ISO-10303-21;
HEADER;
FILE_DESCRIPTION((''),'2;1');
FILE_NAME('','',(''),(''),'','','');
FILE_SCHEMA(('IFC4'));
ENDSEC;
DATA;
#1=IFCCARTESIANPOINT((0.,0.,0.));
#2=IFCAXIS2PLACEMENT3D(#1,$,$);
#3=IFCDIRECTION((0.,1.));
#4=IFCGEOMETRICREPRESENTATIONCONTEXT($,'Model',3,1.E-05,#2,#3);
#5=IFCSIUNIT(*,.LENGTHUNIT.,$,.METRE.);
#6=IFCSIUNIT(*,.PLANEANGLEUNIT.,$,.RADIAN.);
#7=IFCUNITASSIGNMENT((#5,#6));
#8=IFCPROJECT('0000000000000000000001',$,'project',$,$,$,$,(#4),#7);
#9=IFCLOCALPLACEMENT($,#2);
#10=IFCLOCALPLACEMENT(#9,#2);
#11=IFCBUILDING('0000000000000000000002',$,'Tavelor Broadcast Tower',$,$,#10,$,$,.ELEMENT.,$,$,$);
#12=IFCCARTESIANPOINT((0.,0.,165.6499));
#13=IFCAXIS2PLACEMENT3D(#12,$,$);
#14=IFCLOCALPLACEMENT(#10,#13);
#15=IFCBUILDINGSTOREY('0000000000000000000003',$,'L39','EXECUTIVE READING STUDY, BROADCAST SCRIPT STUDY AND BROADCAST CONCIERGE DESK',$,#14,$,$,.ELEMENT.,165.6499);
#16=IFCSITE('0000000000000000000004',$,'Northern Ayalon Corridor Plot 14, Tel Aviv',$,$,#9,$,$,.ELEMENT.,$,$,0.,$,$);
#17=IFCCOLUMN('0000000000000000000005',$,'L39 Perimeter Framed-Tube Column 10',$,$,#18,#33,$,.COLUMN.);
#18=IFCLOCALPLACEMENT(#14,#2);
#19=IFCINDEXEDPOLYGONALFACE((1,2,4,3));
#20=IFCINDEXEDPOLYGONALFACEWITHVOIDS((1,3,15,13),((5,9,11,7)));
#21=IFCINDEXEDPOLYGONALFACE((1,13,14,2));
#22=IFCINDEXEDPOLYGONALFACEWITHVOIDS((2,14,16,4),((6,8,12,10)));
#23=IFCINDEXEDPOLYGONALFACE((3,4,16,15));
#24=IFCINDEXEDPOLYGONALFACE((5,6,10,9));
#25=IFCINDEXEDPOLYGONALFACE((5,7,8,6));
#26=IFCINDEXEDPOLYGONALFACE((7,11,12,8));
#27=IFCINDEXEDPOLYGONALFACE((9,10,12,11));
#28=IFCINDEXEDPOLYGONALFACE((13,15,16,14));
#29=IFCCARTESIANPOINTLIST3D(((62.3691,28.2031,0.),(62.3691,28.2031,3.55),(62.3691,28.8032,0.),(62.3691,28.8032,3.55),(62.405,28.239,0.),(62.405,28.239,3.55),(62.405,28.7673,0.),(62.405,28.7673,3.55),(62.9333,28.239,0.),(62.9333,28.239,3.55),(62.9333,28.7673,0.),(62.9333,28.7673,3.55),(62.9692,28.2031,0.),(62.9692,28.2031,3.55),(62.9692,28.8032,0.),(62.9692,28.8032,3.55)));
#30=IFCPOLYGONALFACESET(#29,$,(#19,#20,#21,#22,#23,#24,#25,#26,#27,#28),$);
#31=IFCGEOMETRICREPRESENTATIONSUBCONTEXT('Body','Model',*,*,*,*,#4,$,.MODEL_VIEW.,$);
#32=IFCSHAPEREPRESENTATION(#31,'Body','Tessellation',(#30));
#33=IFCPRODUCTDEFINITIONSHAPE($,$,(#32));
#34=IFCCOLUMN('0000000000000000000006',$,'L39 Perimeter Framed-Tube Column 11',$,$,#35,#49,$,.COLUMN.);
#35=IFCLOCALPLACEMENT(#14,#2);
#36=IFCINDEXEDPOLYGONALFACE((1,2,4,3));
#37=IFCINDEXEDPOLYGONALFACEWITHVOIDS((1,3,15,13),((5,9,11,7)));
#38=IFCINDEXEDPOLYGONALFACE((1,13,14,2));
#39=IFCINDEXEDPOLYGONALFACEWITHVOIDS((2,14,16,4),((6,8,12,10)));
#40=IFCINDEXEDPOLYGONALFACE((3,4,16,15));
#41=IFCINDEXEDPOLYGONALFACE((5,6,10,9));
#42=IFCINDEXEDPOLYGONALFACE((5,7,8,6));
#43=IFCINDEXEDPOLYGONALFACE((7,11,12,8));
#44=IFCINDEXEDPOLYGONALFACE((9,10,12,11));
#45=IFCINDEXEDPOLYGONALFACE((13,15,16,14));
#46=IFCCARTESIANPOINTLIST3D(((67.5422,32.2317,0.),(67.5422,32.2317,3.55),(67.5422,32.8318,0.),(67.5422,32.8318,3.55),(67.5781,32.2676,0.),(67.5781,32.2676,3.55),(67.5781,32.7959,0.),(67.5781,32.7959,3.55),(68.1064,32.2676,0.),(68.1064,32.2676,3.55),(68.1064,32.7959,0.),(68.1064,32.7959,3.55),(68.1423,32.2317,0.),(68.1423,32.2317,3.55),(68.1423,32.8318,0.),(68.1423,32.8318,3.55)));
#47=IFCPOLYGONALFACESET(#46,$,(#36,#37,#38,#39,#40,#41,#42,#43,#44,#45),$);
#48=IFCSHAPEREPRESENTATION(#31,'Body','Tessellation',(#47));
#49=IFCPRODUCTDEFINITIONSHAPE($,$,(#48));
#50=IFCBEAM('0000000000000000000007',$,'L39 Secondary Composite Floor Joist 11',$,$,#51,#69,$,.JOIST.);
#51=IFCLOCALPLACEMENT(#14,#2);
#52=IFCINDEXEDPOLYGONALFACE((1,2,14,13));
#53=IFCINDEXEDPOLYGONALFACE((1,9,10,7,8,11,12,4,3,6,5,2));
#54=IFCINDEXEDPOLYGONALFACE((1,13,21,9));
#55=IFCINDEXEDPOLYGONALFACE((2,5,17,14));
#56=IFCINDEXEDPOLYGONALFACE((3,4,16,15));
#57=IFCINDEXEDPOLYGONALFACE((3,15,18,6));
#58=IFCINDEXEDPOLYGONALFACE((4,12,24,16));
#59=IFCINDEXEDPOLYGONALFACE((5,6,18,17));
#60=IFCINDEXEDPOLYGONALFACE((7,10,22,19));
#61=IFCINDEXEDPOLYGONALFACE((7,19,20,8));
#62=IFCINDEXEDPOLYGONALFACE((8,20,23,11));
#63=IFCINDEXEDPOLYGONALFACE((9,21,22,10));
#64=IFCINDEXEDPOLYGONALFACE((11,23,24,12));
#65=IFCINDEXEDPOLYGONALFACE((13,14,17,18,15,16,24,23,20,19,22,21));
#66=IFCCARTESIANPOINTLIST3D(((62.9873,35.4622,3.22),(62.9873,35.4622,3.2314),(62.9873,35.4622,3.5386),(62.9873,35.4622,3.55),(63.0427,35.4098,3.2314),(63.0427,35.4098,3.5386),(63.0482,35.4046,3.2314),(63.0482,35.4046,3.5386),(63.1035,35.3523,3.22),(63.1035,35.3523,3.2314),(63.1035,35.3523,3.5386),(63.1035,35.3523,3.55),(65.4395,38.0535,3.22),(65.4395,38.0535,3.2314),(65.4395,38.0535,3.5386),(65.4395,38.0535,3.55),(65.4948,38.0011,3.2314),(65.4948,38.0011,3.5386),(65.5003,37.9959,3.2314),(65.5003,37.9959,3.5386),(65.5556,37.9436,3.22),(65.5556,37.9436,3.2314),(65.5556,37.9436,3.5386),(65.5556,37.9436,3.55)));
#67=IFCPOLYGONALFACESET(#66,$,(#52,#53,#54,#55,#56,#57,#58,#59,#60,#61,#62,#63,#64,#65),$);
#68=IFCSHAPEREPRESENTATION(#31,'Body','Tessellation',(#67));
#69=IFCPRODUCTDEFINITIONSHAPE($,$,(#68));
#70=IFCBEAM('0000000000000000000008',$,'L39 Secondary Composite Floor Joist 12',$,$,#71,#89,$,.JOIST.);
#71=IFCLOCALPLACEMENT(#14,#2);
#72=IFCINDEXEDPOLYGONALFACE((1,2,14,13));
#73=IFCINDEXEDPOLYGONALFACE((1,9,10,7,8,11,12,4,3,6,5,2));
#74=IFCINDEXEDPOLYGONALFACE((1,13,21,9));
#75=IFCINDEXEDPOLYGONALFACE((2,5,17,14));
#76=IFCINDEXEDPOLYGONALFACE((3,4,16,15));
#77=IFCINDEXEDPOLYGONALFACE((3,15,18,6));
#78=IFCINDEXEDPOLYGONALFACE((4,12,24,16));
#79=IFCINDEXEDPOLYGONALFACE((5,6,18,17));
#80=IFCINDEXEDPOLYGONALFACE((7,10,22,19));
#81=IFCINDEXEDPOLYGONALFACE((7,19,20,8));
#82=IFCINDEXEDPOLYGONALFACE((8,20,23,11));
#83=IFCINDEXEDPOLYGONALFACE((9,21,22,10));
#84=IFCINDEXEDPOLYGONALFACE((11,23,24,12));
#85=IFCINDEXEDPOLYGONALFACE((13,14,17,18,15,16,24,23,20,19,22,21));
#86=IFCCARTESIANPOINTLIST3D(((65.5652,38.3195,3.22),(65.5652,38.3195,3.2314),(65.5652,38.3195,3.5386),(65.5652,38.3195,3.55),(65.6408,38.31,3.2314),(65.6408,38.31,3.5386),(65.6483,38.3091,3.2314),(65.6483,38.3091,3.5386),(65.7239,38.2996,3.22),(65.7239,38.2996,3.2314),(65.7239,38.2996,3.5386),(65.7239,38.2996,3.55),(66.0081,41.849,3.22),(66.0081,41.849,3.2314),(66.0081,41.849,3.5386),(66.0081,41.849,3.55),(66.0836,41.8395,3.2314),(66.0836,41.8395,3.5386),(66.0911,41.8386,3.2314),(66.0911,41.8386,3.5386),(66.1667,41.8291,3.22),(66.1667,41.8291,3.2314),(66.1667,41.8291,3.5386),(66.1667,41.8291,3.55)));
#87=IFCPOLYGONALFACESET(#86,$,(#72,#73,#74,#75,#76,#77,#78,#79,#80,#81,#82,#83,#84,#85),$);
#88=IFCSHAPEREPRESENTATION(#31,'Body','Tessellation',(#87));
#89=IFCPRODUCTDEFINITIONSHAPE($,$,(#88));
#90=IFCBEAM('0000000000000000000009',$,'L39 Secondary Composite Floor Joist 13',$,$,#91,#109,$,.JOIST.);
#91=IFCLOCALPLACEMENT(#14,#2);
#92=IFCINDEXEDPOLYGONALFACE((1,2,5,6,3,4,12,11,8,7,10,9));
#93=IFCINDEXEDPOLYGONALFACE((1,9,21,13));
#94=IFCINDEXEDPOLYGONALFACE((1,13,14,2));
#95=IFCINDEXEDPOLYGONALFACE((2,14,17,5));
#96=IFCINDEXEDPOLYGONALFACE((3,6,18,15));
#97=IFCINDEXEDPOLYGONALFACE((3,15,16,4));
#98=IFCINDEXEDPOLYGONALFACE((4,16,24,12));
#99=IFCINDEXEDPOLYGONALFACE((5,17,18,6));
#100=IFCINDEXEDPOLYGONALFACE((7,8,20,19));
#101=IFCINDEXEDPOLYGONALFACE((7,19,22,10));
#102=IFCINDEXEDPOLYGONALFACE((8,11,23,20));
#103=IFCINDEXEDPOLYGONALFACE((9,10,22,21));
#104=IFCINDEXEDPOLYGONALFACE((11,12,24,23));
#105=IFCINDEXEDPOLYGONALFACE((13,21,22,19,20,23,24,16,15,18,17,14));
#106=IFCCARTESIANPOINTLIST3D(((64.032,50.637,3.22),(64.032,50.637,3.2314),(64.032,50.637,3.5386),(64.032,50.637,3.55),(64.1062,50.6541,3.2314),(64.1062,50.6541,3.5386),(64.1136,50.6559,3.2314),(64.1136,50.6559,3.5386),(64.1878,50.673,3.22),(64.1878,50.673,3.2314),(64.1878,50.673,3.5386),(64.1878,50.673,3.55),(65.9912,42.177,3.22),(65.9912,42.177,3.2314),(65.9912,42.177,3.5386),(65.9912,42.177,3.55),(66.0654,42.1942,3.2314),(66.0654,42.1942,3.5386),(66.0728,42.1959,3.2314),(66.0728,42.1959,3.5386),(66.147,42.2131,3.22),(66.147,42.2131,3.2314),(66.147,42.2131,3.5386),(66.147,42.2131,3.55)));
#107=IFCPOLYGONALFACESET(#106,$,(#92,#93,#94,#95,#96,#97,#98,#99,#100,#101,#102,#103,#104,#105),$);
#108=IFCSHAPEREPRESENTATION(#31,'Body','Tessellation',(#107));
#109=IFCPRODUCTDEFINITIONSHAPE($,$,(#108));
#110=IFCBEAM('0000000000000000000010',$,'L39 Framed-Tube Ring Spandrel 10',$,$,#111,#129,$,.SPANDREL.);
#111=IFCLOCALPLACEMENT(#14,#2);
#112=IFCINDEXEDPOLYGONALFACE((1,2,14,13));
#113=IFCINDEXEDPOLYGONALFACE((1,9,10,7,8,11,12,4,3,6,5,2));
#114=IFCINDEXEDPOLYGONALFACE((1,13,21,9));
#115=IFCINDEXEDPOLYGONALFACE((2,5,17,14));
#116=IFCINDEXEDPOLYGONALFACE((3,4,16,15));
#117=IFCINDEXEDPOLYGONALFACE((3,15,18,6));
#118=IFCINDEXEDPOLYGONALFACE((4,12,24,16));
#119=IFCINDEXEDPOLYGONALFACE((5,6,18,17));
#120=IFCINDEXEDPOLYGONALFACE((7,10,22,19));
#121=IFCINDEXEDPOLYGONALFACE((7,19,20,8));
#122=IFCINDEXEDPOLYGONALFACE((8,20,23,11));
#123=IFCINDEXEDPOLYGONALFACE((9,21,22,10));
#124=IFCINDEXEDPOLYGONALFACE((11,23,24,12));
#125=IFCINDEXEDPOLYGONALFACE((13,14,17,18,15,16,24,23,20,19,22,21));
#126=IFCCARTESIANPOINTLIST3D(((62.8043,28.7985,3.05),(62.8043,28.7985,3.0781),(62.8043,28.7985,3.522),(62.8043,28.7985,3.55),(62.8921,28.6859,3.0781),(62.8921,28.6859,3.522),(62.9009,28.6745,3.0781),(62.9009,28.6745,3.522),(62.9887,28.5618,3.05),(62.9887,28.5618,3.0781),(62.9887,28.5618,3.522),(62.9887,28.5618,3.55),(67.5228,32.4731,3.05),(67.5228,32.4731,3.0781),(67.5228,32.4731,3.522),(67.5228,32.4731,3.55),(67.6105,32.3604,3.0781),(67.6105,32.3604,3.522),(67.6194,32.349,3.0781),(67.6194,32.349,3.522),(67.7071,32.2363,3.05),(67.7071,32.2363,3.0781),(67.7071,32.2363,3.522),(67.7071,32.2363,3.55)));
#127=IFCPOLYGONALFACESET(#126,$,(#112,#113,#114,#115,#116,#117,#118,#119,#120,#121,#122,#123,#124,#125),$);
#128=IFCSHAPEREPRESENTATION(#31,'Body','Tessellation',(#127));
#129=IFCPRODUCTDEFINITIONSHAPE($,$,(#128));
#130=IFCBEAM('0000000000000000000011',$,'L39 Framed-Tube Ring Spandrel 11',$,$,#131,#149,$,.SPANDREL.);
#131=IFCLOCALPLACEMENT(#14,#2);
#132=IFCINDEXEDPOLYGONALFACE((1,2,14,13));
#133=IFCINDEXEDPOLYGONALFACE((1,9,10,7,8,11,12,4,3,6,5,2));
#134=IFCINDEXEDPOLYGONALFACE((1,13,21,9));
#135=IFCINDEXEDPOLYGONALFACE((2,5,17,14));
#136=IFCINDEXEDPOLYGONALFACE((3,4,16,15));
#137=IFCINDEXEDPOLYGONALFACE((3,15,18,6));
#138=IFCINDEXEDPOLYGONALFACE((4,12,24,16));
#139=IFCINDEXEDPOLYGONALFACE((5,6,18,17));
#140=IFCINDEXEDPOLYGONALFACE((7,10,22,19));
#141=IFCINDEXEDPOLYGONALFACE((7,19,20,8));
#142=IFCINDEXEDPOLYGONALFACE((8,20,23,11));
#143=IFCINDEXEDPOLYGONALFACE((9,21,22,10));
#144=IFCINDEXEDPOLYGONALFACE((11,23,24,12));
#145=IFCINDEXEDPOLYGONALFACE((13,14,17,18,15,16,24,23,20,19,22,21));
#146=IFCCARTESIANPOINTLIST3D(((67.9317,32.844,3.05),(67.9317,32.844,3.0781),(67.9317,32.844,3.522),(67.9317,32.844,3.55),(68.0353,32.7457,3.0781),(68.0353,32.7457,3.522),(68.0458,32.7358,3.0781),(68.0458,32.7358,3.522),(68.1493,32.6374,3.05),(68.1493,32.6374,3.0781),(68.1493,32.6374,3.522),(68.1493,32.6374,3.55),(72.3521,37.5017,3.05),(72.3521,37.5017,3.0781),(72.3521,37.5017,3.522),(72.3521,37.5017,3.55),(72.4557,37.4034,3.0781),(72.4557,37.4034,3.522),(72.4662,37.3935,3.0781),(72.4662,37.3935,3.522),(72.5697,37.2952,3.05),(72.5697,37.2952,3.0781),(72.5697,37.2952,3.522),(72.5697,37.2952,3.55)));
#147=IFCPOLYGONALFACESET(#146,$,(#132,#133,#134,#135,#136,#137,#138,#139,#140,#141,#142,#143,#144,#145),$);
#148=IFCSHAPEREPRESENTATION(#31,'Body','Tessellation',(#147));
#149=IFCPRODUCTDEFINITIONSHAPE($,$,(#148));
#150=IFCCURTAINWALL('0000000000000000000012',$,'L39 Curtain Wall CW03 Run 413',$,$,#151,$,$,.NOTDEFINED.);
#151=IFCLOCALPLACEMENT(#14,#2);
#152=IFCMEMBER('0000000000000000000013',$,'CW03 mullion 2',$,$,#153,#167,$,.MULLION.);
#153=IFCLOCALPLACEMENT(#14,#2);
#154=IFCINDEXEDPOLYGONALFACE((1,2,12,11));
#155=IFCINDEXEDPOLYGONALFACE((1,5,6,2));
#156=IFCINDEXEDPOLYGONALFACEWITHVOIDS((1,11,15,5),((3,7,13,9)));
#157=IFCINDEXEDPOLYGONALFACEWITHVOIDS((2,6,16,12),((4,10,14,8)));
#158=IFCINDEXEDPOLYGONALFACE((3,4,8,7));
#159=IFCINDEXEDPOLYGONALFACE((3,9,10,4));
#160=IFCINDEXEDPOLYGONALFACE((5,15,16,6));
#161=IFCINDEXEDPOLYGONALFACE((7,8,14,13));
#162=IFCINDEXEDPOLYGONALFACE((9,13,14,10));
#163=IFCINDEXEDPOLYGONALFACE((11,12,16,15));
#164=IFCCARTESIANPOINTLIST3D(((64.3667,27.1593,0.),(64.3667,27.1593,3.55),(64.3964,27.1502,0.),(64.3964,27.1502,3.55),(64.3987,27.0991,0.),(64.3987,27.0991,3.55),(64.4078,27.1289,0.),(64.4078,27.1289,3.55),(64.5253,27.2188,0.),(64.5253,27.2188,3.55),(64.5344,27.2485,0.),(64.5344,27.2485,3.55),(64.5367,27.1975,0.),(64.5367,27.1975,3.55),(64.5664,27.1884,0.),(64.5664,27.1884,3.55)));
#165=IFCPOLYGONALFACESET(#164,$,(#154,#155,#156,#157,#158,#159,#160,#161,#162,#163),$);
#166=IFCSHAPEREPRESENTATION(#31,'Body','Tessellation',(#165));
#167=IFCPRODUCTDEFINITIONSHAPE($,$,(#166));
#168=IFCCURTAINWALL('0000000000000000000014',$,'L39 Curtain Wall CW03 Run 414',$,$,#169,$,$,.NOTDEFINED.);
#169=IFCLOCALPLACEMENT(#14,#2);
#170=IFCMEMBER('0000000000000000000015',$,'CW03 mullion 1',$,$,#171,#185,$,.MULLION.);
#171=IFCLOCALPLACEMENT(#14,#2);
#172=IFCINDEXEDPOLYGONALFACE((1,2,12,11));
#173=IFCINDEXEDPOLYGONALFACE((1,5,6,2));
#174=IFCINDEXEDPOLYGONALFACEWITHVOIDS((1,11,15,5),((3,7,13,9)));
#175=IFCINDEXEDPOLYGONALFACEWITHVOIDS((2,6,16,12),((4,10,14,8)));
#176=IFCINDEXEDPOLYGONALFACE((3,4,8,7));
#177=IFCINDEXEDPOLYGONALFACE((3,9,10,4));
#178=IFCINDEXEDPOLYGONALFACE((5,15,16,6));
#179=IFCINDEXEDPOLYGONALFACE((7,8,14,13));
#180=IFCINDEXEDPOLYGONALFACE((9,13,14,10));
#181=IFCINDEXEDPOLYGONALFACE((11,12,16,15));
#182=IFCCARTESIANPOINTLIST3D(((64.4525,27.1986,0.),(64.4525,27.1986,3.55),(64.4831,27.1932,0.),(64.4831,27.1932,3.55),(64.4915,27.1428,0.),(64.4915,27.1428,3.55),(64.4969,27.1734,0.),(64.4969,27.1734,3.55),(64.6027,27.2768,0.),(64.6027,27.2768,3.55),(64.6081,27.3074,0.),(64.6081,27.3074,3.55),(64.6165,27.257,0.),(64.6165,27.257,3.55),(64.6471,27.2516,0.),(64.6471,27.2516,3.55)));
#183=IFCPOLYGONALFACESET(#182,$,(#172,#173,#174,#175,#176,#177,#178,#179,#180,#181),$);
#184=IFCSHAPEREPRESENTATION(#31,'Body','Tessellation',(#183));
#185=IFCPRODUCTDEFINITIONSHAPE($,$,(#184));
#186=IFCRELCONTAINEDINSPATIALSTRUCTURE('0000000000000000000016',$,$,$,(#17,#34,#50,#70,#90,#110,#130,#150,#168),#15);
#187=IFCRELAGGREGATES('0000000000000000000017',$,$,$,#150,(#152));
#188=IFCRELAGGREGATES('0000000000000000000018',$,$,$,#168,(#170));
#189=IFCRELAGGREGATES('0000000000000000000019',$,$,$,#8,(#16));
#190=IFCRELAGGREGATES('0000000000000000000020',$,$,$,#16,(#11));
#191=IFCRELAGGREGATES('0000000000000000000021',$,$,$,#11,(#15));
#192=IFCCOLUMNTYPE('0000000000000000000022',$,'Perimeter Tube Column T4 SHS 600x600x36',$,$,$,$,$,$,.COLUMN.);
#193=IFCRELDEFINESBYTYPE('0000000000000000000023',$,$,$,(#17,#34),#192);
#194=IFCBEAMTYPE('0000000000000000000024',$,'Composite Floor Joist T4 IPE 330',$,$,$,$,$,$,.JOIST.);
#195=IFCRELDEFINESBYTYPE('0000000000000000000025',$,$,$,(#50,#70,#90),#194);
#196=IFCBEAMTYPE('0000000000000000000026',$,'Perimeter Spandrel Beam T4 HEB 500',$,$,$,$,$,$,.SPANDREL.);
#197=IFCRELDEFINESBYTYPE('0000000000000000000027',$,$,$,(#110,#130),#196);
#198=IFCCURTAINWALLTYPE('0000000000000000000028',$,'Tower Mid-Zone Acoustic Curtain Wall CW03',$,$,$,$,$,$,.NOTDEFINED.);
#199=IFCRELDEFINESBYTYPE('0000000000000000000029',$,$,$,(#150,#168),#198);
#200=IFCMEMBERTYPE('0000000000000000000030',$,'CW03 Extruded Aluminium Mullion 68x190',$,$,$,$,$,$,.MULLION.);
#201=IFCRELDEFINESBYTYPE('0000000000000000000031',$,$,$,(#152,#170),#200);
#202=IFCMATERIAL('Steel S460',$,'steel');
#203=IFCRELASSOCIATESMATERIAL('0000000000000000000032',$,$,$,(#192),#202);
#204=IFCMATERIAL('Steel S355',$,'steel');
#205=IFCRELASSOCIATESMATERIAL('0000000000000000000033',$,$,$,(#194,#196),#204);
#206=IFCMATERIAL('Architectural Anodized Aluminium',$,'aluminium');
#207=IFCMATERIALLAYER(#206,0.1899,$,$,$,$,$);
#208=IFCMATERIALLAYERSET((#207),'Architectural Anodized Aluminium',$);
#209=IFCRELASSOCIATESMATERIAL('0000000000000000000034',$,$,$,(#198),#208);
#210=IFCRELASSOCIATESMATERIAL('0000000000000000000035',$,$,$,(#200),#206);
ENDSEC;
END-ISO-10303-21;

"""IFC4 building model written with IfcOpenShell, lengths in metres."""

from ifc_helpers import new_model, si_unit, direction, frame, origin, origin_2d, place, context, subcontext, project, spatial, hollow_rectangle, i_section, extrude, source, transform, mapped, material, layer, layer_set, material_profile, profile_set, type_object, type_shapes, element, aggregate, save


model = new_model("IFC4")

# Units and contexts
model_context = context("Model", 3, precision=1e-05, world=origin(), true_north=direction((0.0, 1.0)))
body_context = subcontext(model_context, "Body", "Model", "MODEL_VIEW")
ifc_project = project(units=[si_unit("LENGTHUNIT", "METRE"), si_unit("PLANEANGLEUNIT", "RADIAN")], contexts=[model_context])

# Site, building, storey
site_placement = place(None, origin())
site = spatial("IfcSite", under=ifc_project, at=site_placement, Name="Northern Ayalon Corridor Plot 14, Tel Aviv", CompositionType="ELEMENT", RefElevation=0.0)
building_placement = place(site_placement, origin())
building = spatial("IfcBuilding", under=site, at=building_placement, Name="Tavelor Broadcast Tower", CompositionType="ELEMENT")
storey_placement = place(building_placement, frame((0.0, 0.0, 165.6499)))
storey = spatial("IfcBuildingStorey", under=building, at=storey_placement, Name="L39", Description="EXECUTIVE READING STUDY, BROADCAST SCRIPT STUDY AND BROADCAST CONCIERGE DESK", CompositionType="ELEMENT", Elevation=165.6499)

# Columns
ifc_material_1 = material(Name="Steel S460", Category="steel")
ifc_material_profile_1 = material_profile(ifc_material_1, hollow_rectangle(XDim=0.6001, YDim=0.6001, WallThickness=0.0359, at=origin_2d()), Name="SHS 600x600x36")
ifc_profile_set_1 = profile_set([ifc_material_profile_1], Name="Steel S460")
column_type = type_object("IfcColumnType", Name="Perimeter Tube Column T4 SHS 600x600x36", PredefinedType="COLUMN", material=ifc_profile_set_1)
for number, where, z_axis, x_axis, name in (
    (1, (62.6692, 28.5032, 0.0), (0.0, 0.0, 1.0), (1.0, 0.0, 0.0), "L39 Perimeter Framed-Tube Column 10"),
    (2, (67.8423, 32.5317, 0.0), (0.0, 0.0, 1.0), (1.0, 0.0, 0.0), "L39 Perimeter Framed-Tube Column 11"),
):
    element("IfcColumn", number, at=place(storey_placement, frame(where, z_axis=z_axis, x_axis=x_axis)), inside=storey, type_object=column_type, Name=name, PredefinedType="COLUMN", context=body_context, shape_type="SweptSolid", body=[
        extrude(hollow_rectangle(XDim=0.6001, YDim=0.6001, WallThickness=0.0359, at=origin_2d()), origin(), (0.0, 0.0, 1.0), 3.55),
    ])

# Beams
ifc_material_2 = material(Name="Steel S355", Category="steel")
ifc_material_profile_2 = material_profile(ifc_material_2, i_section(OverallWidth=0.1599, OverallDepth=0.3301, WebThickness=0.0076, FlangeThickness=0.0115, at=origin_2d()), Name="IPE 330")
ifc_profile_set_2 = profile_set([ifc_material_profile_2], Name="Steel S355")
beam_type_1 = type_object("IfcBeamType", Name="Composite Floor Joist T4 IPE 330", PredefinedType="JOIST", material=ifc_profile_set_2)
beam_1_placement = place(storey_placement, frame((63.0454, 35.4072, 3.385), z_axis=(0.687335, 0.726341, 0.0), x_axis=(-0.726341, 0.687335, 0.0)))
element("IfcBeam", 3, at=beam_1_placement, inside=storey, type_object=beam_type_1, Name="L39 Secondary Composite Floor Joist 11", PredefinedType="JOIST", context=body_context, shape_type="SweptSolid", body=[
    extrude(i_section(OverallWidth=0.1599, OverallDepth=0.3301, WebThickness=0.0076, FlangeThickness=0.0115, at=origin_2d()), origin(), (0.0, 0.0, 1.0), 3.5676),
])
beam_2_placement = place(storey_placement, frame((65.6445, 38.3096, 3.385), z_axis=(0.124499, 0.99222, 0.0), x_axis=(-0.99222, 0.124499, 0.0)))
element("IfcBeam", 4, at=beam_2_placement, inside=storey, type_object=beam_type_1, Name="L39 Secondary Composite Floor Joist 12", PredefinedType="JOIST", context=body_context, shape_type="SweptSolid", body=[
    extrude(i_section(OverallWidth=0.1599, OverallDepth=0.3301, WebThickness=0.0076, FlangeThickness=0.0115, at=origin_2d()), origin(), (0.0, 0.0, 1.0), 3.5571),
])
beam_3_placement = place(storey_placement, frame((66.0691, 42.1951, 3.385), z_axis=(-0.225617, 0.974216, 0.0), x_axis=(-0.974216, -0.225617, 0.0)))
element("IfcBeam", 5, at=beam_3_placement, inside=storey, type_object=beam_type_1, Name="L39 Secondary Composite Floor Joist 13", PredefinedType="JOIST", context=body_context, shape_type="SweptSolid", body=[
    extrude(i_section(OverallWidth=0.1599, OverallDepth=0.3301, WebThickness=0.0076, FlangeThickness=0.0115, at=origin_2d()), origin(), (0.0, 0.0, 1.0), 8.6838),
])
ifc_material_profile_3 = material_profile(ifc_material_2, i_section(OverallWidth=0.3, OverallDepth=0.5, WebThickness=0.0144, FlangeThickness=0.0281, at=origin_2d()), Name="HEB 500")
ifc_profile_set_3 = profile_set([ifc_material_profile_3], Name="Steel S355")
beam_type_2 = type_object("IfcBeamType", Name="Perimeter Spandrel Beam T4 HEB 500", PredefinedType="SPANDREL", material=ifc_profile_set_3)
beam_4_placement = place(storey_placement, frame((62.8965, 28.6802, 3.3), z_axis=(0.788978, 0.614421, 0.0), x_axis=(-0.614421, 0.788978, 0.0)))
element("IfcBeam", 6, at=beam_4_placement, inside=storey, type_object=beam_type_2, Name="L39 Framed-Tube Ring Spandrel 10", PredefinedType="SPANDREL", context=body_context, shape_type="SweptSolid", body=[
    extrude(i_section(OverallWidth=0.3, OverallDepth=0.5, WebThickness=0.0144, FlangeThickness=0.0281, at=origin_2d()), origin(), (0.0, 0.0, 1.0), 5.9805),
])
beam_5_placement = place(storey_placement, frame((68.0405, 32.7407, 3.3), z_axis=(0.688388, 0.725343, 0.0), x_axis=(-0.725343, 0.688388, 0.0)))
element("IfcBeam", 7, at=beam_5_placement, inside=storey, type_object=beam_type_2, Name="L39 Framed-Tube Ring Spandrel 11", PredefinedType="SPANDREL", context=body_context, shape_type="SweptSolid", body=[
    extrude(i_section(OverallWidth=0.3, OverallDepth=0.5, WebThickness=0.0144, FlangeThickness=0.0281, at=origin_2d()), origin(), (0.0, 0.0, 1.0), 6.4214),
])

# Curtain wall, member
ifc_material_3 = material(Name="Architectural Anodized Aluminium", Category="aluminium")
ifc_layer_1 = layer(ifc_material_3, 0.1899)
ifc_layer_set_1 = layer_set([ifc_layer_1], Name="Architectural Anodized Aluminium")
curtain_wall_type = type_object("IfcCurtainWallType", Name="Tower Mid-Zone Acoustic Curtain Wall CW03", PredefinedType="NOTDEFINED", material=ifc_layer_set_1)
curtain_wall_1_placement = place(storey_placement, origin())
curtain_wall_1 = element("IfcCurtainWall", 8, at=curtain_wall_1_placement, inside=storey, type_object=curtain_wall_type, Name="L39 Curtain Wall CW03 Run 413", PredefinedType="NOTDEFINED")
ifc_material_profile_4 = material_profile(ifc_material_3, hollow_rectangle(XDim=0.0681, YDim=0.1899, WallThickness=0.022, at=origin_2d()), Name="RHS 68x190x22")
ifc_profile_set_4 = profile_set([ifc_material_profile_4], Name="Architectural Anodized Aluminium")
member_type_1 = type_object("IfcMemberType", Name="CW03 Extruded Aluminium Mullion 68x190", PredefinedType="MULLION", material=ifc_profile_set_4)
shared_shape_1 = source(origin(), body_context, "Body", "SweptSolid", [
    extrude(hollow_rectangle(XDim=0.0681, YDim=0.1899, WallThickness=0.022, at=origin_2d()), origin(), (0.0, 0.0, 1.0), 3.55),
])
type_shapes(member_type_1, [shared_shape_1])
member_1_placement = place(storey_placement, frame((64.4666, 27.1738, 0.0), z_axis=(0.0, 0.0, 1.0), x_axis=(-0.469837, 0.882753, 0.0)))
member_1 = element("IfcMember", 9, at=member_1_placement, type_object=member_type_1, Name="CW03 mullion 2", PredefinedType="MULLION", context=body_context, shape_type="MappedRepresentation", body=[
    mapped(shared_shape_1, transform((0.0, 0.0, 0.0), scale=1.0)),
])
aggregate(curtain_wall_1, [member_1])

# Curtain wall, member
curtain_wall_2_placement = place(storey_placement, origin())
curtain_wall_2 = element("IfcCurtainWall", 10, at=curtain_wall_2_placement, inside=storey, type_object=curtain_wall_type, Name="L39 Curtain Wall CW03 Run 414", PredefinedType="NOTDEFINED")
member_2_placement = place(storey_placement, frame((64.5498, 27.2251, 0.0), z_axis=(0.0, 0.0, 1.0), x_axis=(-0.573218, 0.819403, 0.0)))
member_2 = element("IfcMember", 11, at=member_2_placement, type_object=member_type_1, Name="CW03 mullion 1", PredefinedType="MULLION", context=body_context, shape_type="MappedRepresentation", body=[
    mapped(shared_shape_1, transform((0.0, 0.0, 0.0), scale=1.0)),
])

aggregate(curtain_wall_2, [member_2])

save(model, "model.ifc")
